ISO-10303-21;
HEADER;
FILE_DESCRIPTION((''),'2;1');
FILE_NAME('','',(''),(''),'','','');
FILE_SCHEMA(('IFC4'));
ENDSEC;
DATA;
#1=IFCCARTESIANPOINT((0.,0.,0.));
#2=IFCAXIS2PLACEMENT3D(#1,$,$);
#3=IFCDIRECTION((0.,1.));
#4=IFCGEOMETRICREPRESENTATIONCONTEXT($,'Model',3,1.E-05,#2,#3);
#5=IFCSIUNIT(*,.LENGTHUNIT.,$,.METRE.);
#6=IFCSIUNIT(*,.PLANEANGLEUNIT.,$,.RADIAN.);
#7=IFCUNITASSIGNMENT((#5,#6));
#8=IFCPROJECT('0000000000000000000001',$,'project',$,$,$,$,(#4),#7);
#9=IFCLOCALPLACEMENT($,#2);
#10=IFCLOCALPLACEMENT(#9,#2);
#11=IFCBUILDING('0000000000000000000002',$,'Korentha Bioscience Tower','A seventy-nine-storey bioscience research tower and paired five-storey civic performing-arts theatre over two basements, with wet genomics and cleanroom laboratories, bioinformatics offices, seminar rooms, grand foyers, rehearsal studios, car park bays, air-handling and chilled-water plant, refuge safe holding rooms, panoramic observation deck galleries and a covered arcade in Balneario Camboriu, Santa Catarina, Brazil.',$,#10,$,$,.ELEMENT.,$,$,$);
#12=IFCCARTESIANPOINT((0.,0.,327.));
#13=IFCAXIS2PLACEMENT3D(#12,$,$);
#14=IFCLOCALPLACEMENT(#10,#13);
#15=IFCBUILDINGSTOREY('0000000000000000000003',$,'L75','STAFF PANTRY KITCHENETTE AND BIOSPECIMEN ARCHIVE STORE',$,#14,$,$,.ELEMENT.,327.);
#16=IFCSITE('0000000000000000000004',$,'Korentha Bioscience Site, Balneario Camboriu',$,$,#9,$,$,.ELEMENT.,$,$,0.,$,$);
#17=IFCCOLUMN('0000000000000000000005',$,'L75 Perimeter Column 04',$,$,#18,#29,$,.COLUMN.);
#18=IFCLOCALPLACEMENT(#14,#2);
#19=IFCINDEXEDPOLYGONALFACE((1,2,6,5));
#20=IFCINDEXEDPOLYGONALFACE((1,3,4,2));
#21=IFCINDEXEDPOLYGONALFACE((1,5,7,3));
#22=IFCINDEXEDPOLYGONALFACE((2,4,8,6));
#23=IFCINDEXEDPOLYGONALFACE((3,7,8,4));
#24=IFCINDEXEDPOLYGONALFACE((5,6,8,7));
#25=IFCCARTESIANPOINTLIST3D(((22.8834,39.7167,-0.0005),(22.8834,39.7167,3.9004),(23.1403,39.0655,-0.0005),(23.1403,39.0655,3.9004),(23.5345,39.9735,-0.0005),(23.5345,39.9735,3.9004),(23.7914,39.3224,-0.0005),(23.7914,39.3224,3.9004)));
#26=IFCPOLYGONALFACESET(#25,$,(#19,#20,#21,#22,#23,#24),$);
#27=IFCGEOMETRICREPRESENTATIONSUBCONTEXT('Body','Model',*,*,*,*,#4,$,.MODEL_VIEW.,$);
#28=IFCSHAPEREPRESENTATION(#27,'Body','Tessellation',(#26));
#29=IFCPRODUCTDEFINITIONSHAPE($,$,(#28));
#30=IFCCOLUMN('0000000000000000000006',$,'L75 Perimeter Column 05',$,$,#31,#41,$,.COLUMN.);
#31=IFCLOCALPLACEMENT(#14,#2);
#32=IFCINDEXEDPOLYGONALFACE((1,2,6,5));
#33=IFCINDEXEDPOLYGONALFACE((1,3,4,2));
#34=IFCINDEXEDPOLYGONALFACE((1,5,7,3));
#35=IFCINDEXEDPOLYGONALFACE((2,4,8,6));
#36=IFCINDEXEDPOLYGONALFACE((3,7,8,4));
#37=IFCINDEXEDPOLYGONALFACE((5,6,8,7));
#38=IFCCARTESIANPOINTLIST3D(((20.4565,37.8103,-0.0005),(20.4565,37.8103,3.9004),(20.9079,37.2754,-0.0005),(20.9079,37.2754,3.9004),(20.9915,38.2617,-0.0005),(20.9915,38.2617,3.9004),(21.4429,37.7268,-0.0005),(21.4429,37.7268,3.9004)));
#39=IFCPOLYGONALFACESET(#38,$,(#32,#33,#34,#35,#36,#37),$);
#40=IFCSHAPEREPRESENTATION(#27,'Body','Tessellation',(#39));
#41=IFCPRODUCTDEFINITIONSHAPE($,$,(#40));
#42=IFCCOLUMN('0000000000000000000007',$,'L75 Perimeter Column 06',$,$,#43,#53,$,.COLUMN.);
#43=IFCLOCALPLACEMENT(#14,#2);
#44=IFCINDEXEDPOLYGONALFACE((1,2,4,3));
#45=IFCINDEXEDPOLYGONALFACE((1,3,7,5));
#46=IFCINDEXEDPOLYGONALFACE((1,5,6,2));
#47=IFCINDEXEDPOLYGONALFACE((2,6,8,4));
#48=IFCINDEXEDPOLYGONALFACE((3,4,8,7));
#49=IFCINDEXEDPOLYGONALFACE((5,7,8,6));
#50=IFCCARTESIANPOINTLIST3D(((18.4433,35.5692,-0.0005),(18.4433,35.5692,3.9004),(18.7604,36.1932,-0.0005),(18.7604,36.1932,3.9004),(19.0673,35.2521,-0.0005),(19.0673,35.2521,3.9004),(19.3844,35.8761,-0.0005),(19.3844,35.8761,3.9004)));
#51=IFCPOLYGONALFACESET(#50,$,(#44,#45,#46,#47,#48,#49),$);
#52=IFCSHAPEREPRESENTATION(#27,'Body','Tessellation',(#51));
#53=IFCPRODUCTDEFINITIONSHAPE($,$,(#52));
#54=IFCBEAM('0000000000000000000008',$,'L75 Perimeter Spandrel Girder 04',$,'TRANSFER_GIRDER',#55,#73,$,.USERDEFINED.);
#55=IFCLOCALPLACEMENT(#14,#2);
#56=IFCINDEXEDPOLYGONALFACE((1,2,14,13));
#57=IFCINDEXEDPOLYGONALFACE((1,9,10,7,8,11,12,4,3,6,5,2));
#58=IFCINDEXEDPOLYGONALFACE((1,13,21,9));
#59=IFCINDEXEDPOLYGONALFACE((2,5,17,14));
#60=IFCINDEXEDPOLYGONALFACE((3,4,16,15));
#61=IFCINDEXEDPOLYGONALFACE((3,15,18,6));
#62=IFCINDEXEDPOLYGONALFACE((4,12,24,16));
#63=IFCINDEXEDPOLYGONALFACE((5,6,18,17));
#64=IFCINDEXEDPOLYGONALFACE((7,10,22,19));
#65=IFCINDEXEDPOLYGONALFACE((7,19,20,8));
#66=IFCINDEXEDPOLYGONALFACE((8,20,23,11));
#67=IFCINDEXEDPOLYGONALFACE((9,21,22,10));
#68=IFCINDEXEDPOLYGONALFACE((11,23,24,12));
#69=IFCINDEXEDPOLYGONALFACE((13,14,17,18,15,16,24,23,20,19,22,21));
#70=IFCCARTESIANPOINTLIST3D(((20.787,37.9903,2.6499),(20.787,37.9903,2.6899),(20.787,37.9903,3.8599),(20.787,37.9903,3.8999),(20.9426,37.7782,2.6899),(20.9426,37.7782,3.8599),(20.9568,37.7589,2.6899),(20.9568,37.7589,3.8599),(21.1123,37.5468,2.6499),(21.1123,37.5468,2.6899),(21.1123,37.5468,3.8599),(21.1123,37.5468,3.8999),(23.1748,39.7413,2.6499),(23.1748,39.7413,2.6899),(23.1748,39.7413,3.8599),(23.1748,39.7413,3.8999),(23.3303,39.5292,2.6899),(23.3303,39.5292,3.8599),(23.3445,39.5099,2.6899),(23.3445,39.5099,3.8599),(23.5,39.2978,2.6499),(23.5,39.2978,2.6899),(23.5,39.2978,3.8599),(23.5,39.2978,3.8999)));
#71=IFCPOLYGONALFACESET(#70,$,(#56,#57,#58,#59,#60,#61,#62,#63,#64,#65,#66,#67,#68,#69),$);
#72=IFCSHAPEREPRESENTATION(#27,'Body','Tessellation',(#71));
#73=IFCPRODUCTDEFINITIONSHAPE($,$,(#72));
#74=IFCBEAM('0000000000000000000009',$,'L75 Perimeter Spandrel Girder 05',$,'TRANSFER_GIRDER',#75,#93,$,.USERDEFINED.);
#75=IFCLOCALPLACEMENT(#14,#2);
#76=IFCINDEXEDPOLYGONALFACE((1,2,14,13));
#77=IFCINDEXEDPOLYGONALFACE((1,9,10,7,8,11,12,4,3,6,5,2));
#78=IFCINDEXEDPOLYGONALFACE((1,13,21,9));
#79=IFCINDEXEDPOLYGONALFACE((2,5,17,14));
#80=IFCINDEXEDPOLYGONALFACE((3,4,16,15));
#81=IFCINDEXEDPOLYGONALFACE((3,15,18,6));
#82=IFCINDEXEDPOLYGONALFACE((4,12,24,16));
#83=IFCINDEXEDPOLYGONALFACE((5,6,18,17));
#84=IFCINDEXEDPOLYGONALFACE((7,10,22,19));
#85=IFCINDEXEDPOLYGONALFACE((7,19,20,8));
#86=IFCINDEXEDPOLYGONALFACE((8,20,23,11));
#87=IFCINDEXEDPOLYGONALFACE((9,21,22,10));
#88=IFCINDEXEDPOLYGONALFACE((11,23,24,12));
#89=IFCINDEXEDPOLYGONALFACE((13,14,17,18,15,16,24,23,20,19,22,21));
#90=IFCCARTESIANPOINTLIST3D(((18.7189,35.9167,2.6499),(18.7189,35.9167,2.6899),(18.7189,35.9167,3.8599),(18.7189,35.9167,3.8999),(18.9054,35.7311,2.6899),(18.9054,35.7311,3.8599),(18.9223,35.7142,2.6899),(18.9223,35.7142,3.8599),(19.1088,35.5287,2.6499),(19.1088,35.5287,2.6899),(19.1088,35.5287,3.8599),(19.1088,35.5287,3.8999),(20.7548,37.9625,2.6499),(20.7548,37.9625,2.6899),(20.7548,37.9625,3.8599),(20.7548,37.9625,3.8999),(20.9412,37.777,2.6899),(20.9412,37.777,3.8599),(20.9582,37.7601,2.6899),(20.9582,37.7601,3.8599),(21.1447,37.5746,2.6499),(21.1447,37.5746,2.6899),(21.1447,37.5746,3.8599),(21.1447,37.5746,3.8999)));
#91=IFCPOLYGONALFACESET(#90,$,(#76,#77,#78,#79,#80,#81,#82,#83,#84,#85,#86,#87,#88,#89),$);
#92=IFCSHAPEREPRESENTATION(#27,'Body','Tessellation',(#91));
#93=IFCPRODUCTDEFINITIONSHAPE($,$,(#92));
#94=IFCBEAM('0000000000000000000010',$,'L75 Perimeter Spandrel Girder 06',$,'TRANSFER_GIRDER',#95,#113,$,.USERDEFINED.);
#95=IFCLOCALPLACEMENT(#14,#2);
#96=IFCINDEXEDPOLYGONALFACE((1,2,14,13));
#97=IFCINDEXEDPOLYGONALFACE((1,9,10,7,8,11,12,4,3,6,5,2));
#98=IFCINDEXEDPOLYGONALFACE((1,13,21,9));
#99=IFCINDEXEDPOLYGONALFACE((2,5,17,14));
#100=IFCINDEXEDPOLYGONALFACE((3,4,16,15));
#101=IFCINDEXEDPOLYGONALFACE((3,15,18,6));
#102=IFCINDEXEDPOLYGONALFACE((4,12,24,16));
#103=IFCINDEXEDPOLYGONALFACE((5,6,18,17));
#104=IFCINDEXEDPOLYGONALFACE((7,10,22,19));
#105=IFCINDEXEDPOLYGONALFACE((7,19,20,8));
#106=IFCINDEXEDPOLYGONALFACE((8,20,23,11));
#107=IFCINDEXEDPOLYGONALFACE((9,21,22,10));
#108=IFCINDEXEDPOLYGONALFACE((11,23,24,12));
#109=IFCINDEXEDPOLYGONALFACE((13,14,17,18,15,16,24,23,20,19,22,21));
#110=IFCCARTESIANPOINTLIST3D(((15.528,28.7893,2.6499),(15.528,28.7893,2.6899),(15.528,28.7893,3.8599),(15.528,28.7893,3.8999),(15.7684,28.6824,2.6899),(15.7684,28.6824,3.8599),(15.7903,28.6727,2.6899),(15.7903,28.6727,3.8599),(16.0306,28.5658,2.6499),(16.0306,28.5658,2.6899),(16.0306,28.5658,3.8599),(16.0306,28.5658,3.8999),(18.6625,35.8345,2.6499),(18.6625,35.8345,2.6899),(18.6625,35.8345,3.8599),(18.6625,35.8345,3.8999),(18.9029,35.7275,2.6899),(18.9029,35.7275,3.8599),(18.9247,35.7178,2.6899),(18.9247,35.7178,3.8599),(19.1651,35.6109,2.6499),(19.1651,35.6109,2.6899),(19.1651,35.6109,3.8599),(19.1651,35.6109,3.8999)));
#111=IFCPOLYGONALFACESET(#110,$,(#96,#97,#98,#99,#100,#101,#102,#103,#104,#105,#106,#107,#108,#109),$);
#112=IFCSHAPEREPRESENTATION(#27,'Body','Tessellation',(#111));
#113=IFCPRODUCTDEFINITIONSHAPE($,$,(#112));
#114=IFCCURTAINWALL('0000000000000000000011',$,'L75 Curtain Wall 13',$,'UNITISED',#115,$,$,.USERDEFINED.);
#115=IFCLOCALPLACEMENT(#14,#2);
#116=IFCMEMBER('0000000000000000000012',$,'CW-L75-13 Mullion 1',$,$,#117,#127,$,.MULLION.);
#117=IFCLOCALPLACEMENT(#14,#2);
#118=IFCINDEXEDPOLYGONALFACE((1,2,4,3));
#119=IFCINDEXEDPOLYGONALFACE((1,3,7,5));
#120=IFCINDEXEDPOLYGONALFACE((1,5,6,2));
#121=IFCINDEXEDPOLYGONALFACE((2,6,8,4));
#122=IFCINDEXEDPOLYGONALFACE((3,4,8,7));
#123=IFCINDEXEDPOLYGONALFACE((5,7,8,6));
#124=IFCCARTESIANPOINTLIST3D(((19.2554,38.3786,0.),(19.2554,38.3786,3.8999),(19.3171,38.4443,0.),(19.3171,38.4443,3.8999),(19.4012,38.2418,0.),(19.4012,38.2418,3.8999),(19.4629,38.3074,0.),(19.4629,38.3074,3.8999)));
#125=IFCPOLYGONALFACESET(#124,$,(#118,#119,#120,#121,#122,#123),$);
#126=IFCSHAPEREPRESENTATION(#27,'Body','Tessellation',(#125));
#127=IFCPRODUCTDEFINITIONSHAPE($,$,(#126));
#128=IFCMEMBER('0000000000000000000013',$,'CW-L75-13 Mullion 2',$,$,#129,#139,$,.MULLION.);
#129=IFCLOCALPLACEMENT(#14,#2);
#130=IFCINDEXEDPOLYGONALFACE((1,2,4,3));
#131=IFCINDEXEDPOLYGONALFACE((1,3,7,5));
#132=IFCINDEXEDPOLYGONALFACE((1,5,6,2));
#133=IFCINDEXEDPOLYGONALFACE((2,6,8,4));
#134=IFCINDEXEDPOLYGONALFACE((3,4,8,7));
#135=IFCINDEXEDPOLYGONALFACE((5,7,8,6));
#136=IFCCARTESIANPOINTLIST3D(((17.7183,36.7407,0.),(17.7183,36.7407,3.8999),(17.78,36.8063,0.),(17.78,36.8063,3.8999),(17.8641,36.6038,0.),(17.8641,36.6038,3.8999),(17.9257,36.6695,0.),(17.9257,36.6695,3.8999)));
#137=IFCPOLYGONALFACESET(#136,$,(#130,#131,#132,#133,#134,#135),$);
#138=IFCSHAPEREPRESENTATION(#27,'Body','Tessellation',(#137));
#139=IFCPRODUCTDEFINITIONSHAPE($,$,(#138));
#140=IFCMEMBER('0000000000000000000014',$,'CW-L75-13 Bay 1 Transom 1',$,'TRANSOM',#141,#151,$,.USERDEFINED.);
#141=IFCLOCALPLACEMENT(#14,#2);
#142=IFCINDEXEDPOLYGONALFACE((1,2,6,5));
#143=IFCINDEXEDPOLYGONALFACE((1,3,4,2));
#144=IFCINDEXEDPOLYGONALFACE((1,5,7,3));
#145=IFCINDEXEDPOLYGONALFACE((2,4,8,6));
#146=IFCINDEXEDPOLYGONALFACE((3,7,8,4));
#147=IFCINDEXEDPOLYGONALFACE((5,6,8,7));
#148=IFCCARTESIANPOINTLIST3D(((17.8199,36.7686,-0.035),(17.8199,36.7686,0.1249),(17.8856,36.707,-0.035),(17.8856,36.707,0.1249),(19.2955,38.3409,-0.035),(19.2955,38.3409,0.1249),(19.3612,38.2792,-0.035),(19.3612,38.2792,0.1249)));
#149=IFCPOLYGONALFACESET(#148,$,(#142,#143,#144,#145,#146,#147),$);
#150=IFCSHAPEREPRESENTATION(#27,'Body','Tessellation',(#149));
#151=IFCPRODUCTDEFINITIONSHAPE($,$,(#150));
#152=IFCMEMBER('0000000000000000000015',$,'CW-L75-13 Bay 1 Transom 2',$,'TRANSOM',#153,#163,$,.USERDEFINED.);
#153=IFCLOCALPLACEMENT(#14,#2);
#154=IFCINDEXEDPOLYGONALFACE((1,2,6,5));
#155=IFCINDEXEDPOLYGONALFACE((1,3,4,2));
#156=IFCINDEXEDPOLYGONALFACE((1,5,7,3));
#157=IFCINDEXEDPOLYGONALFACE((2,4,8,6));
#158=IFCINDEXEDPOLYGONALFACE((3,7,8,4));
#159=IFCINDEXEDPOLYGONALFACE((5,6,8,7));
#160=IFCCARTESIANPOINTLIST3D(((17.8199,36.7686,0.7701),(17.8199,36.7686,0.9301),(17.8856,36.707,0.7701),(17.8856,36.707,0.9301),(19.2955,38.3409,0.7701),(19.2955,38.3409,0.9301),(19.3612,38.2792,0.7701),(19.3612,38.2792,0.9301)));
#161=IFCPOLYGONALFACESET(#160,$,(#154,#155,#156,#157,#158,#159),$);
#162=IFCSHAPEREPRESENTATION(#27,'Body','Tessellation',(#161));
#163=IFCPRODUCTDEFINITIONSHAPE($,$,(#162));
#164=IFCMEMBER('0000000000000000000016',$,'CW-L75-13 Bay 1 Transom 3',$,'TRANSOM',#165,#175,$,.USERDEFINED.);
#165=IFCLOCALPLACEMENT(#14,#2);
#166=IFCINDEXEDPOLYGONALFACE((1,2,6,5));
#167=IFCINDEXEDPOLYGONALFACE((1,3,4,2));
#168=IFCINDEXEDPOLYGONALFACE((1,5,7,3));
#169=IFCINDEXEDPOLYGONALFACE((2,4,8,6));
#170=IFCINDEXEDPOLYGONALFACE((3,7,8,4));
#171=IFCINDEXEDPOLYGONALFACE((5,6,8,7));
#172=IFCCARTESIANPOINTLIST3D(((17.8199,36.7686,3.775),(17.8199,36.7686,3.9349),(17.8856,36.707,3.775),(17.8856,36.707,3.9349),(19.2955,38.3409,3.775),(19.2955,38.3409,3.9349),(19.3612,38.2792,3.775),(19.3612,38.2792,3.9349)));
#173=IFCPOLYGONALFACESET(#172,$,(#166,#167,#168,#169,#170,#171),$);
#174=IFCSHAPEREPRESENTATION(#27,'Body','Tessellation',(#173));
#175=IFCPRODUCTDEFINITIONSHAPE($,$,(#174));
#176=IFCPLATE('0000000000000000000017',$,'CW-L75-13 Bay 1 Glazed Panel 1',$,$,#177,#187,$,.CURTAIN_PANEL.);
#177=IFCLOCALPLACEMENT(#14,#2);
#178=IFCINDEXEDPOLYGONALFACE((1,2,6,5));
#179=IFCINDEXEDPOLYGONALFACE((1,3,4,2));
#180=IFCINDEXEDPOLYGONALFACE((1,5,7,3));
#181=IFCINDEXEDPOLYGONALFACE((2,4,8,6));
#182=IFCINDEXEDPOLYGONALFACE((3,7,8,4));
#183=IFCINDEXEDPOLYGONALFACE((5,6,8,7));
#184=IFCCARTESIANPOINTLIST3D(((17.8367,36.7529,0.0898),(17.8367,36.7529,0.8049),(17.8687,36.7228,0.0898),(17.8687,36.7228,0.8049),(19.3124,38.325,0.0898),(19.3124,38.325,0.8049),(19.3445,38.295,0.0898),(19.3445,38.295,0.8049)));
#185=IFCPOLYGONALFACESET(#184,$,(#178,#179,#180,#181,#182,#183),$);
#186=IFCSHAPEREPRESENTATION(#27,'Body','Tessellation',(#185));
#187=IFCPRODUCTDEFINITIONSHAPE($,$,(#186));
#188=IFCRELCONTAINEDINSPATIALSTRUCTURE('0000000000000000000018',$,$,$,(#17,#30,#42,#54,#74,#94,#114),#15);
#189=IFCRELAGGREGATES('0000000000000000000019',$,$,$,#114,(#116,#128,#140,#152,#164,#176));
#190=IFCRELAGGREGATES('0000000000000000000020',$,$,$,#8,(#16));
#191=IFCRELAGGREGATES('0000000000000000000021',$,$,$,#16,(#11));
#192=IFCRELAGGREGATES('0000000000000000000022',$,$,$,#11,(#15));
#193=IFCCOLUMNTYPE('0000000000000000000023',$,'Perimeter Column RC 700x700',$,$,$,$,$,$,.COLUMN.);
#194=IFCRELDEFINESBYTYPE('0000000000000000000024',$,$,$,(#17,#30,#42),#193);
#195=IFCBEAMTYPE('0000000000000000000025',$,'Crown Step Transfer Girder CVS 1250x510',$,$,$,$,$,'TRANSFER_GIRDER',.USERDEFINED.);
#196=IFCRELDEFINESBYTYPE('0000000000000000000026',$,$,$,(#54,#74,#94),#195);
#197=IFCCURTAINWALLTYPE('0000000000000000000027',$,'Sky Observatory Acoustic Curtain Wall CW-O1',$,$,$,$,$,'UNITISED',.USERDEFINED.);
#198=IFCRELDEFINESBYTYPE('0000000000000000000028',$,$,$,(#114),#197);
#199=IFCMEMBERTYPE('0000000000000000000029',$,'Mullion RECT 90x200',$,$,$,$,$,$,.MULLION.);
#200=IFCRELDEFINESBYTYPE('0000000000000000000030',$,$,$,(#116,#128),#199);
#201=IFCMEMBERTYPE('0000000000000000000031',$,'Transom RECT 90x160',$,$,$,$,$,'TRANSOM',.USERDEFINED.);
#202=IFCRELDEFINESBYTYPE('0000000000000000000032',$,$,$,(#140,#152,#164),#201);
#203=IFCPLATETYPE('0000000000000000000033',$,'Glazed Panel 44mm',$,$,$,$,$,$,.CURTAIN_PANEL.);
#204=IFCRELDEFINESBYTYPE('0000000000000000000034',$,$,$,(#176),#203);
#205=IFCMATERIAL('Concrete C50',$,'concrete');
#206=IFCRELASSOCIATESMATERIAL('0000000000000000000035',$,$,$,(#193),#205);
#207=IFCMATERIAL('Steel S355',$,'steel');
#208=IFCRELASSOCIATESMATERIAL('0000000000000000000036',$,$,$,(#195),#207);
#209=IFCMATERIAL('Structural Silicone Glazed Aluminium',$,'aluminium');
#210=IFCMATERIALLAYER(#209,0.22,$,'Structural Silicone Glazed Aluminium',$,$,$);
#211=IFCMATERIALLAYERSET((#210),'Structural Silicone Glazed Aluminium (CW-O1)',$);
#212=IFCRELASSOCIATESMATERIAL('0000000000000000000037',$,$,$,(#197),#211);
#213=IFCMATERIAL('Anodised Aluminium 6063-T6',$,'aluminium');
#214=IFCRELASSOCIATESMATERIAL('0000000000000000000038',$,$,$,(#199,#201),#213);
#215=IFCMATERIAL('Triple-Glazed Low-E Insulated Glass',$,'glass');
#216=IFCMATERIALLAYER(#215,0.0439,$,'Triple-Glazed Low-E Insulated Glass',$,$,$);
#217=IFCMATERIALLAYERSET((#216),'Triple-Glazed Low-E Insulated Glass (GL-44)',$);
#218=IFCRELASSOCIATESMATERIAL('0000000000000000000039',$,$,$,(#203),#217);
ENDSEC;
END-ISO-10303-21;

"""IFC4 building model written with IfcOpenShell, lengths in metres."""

from ifc_helpers import new_model, si_unit, direction, frame, origin, origin_2d, place, context, subcontext, project, spatial, rectangle, i_section, extrude, material, layer, layer_set, material_profile, profile_set, type_object, element, aggregate, save


model = new_model("IFC4")

# Units and contexts
model_context = context("Model", 3, precision=1e-05, world=origin(), true_north=direction((0.0, 1.0)))
body_context = subcontext(model_context, "Body", "Model", "MODEL_VIEW")
ifc_project = project(units=[si_unit("LENGTHUNIT", "METRE"), si_unit("PLANEANGLEUNIT", "RADIAN")], contexts=[model_context])

# Site, building, storey
site_placement = place(None, origin())
site = spatial("IfcSite", under=ifc_project, at=site_placement, Name="Korentha Bioscience Site, Balneario Camboriu", CompositionType="ELEMENT", RefElevation=0.0)
building_placement = place(site_placement, origin())
building = spatial("IfcBuilding", under=site, at=building_placement, Name="Korentha Bioscience Tower", Description="A seventy-nine-storey bioscience research tower and paired five-storey civic performing-arts theatre over two basements, with wet genomics and cleanroom laboratories, bioinformatics offices, seminar rooms, grand foyers, rehearsal studios, car park bays, air-handling and chilled-water plant, refuge safe holding rooms, panoramic observation deck galleries and a covered arcade in Balneario Camboriu, Santa Catarina, Brazil.", CompositionType="ELEMENT")
storey_placement = place(building_placement, frame((0.0, 0.0, 327.0)))
storey = spatial("IfcBuildingStorey", under=building, at=storey_placement, Name="L75", Description="STAFF PANTRY KITCHENETTE AND BIOSPECIMEN ARCHIVE STORE", CompositionType="ELEMENT", Elevation=327.0)

# Columns
ifc_material_1 = material(Name="Concrete C50", Category="concrete")
ifc_material_profile_1 = material_profile(ifc_material_1, rectangle(XDim=0.7, YDim=0.7, at=origin_2d()), Name="Concrete C50")
ifc_profile_set_1 = profile_set([ifc_material_profile_1], Name="Concrete C50 (COL-P07)")
column_type = type_object("IfcColumnType", Name="Perimeter Column RC 700x700", PredefinedType="COLUMN", material=ifc_profile_set_1)
for number, where, z_axis, x_axis, name in (
    (1, (23.3374, 39.5195, -0.0005), (0.0, 0.0, 1.0), (0.930226, 0.366988, 0.0), "L75 Perimeter Column 04"),
    (2, (20.9497, 37.7686, -0.0005), (0.0, 0.0, 1.0), (0.764246, 0.644924, 0.0), "L75 Perimeter Column 05"),
    (3, (18.9138, 35.7227, -0.0005), (0.0, 0.0, 1.0), (0.453057, 0.891481, 0.0), "L75 Perimeter Column 06"),
):
    element("IfcColumn", number, at=place(storey_placement, frame(where, z_axis=z_axis, x_axis=x_axis)), inside=storey, type_object=column_type, Name=name, PredefinedType="COLUMN", context=body_context, shape_type="SweptSolid", body=[
        extrude(rectangle(XDim=0.7, YDim=0.7, at=origin_2d()), origin(), (0.0, 0.0, 1.0), 3.9009),
    ])

# Beams
ifc_material_2 = material(Name="Steel S355", Category="steel")
ifc_material_profile_2 = material_profile(ifc_material_2, i_section(OverallWidth=0.55, OverallDepth=1.25, WebThickness=0.0239, FlangeThickness=0.04, at=origin_2d()), Name="Steel S355")
ifc_profile_set_2 = profile_set([ifc_material_profile_2], Name="Steel S355 (TG-03)")
beam_type = type_object("IfcBeamType", Name="Crown Step Transfer Girder CVS 1250x510", ElementType="TRANSFER_GIRDER", PredefinedType="USERDEFINED", material=ifc_profile_set_2)
beam_1_placement = place(storey_placement, frame((23.3374, 39.5195, 3.2749), z_axis=(-0.806405, -0.591364, 0.0), x_axis=(0.591364, -0.806405, 0.0)))
element("IfcBeam", 4, at=beam_1_placement, inside=storey, type_object=beam_type, Name="L75 Perimeter Spandrel Girder 04", ObjectType="TRANSFER_GIRDER", PredefinedType="USERDEFINED", context=body_context, shape_type="SweptSolid", body=[
    extrude(i_section(OverallWidth=0.55, OverallDepth=1.25, WebThickness=0.0239, FlangeThickness=0.04, at=origin_2d()), origin(), (0.0, 0.0, 1.0), 2.9609),
])
beam_2_placement = place(storey_placement, frame((20.9497, 37.7686, 3.2749), z_axis=(-0.705371, -0.708839, 0.0), x_axis=(0.708839, -0.705371, 0.0)))
element("IfcBeam", 5, at=beam_2_placement, inside=storey, type_object=beam_type, Name="L75 Perimeter Spandrel Girder 05", ObjectType="TRANSFER_GIRDER", PredefinedType="USERDEFINED", context=body_context, shape_type="SweptSolid", body=[
    extrude(i_section(OverallWidth=0.55, OverallDepth=1.25, WebThickness=0.0239, FlangeThickness=0.04, at=origin_2d()), origin(), (0.0, 0.0, 1.0), 2.8862),
])
beam_3_placement = place(storey_placement, frame((18.9138, 35.7227, 3.2749), z_axis=(-0.4065, -0.913651, 0.0), x_axis=(0.913651, -0.4065, 0.0)))
element("IfcBeam", 6, at=beam_3_placement, inside=storey, type_object=beam_type, Name="L75 Perimeter Spandrel Girder 06", ObjectType="TRANSFER_GIRDER", PredefinedType="USERDEFINED", context=body_context, shape_type="SweptSolid", body=[
    extrude(i_section(OverallWidth=0.55, OverallDepth=1.25, WebThickness=0.0239, FlangeThickness=0.04, at=origin_2d()), origin(), (0.0, 0.0, 1.0), 7.7109),
])

# Curtain wall, members, plate
ifc_material_3 = material(Name="Structural Silicone Glazed Aluminium", Category="aluminium")
ifc_layer_1 = layer(ifc_material_3, 0.22, Name="Structural Silicone Glazed Aluminium")
ifc_layer_set_1 = layer_set([ifc_layer_1], Name="Structural Silicone Glazed Aluminium (CW-O1)")
curtain_wall_type = type_object("IfcCurtainWallType", Name="Sky Observatory Acoustic Curtain Wall CW-O1", ElementType="UNITISED", PredefinedType="USERDEFINED", material=ifc_layer_set_1)
curtain_wall_placement = place(storey_placement, origin())
curtain_wall = element("IfcCurtainWall", 7, at=curtain_wall_placement, inside=storey, type_object=curtain_wall_type, Name="L75 Curtain Wall 13", ObjectType="UNITISED", PredefinedType="USERDEFINED")
ifc_material_4 = material(Name="Anodised Aluminium 6063-T6", Category="aluminium")
ifc_material_profile_3 = material_profile(ifc_material_4, rectangle(XDim=0.0901, YDim=0.2, at=origin_2d()), Name="Anodised Aluminium 6063-T6")
ifc_profile_set_3 = profile_set([ifc_material_profile_3], Name="Anodised Aluminium 6063-T6 (CW-MUL)")
member_type_1 = type_object("IfcMemberType", Name="Mullion RECT 90x200", PredefinedType="MULLION", material=ifc_profile_set_3)
member_1_placement = place(storey_placement, frame((19.3591, 38.343, 0.0), z_axis=(0.0, 0.0, 1.0), x_axis=(-0.684388, -0.729118, 0.0)))
member_1 = element("IfcMember", 8, at=member_1_placement, type_object=member_type_1, Name="CW-L75-13 Mullion 1", PredefinedType="MULLION", context=body_context, shape_type="SweptSolid", body=[
    extrude(rectangle(XDim=0.0901, YDim=0.2, at=origin_2d()), origin(), (0.0, 0.0, 1.0), 3.8999),
])
member_2_placement = place(storey_placement, frame((17.822, 36.7051, 0.0), z_axis=(0.0, 0.0, 1.0), x_axis=(-0.684388, -0.729118, 0.0)))
member_2 = element("IfcMember", 9, at=member_2_placement, type_object=member_type_1, Name="CW-L75-13 Mullion 2", PredefinedType="MULLION", context=body_context, shape_type="SweptSolid", body=[
    extrude(rectangle(XDim=0.0901, YDim=0.2, at=origin_2d()), origin(), (0.0, 0.0, 1.0), 3.8999),
])
ifc_material_profile_4 = material_profile(ifc_material_4, rectangle(XDim=0.0901, YDim=0.1599, at=origin_2d()), Name="Anodised Aluminium 6063-T6")
ifc_profile_set_4 = profile_set([ifc_material_profile_4], Name="Anodised Aluminium 6063-T6 (CW-TRN)")
member_type_2 = type_object("IfcMemberType", Name="Transom RECT 90x160", ElementType="TRANSOM", PredefinedType="USERDEFINED", material=ifc_profile_set_4)
member_3_placement = place(storey_placement, frame((19.3284, 38.3101, 0.0449), z_axis=(-0.684333, -0.72917, 0.0), x_axis=(0.72917, -0.684333, 0.0)))
member_3 = element("IfcMember", 10, at=member_3_placement, type_object=member_type_2, Name="CW-L75-13 Bay 1 Transom 1", ObjectType="TRANSOM", PredefinedType="USERDEFINED", context=body_context, shape_type="SweptSolid", body=[
    extrude(rectangle(XDim=0.0901, YDim=0.1599, at=origin_2d()), origin(), (0.0, 0.0, 1.0), 2.1562),
])
member_4_placement = place(storey_placement, frame((19.3284, 38.3101, 0.8501), z_axis=(-0.684333, -0.72917, 0.0), x_axis=(0.72917, -0.684333, 0.0)))
member_4 = element("IfcMember", 11, at=member_4_placement, type_object=member_type_2, Name="CW-L75-13 Bay 1 Transom 2", ObjectType="TRANSOM", PredefinedType="USERDEFINED", context=body_context, shape_type="SweptSolid", body=[
    extrude(rectangle(XDim=0.0901, YDim=0.1599, at=origin_2d()), origin(), (0.0, 0.0, 1.0), 2.1562),
])
member_5_placement = place(storey_placement, frame((19.3284, 38.3101, 3.855), z_axis=(-0.684333, -0.72917, 0.0), x_axis=(0.72917, -0.684333, 0.0)))
member_5 = element("IfcMember", 12, at=member_5_placement, type_object=member_type_2, Name="CW-L75-13 Bay 1 Transom 3", ObjectType="TRANSOM", PredefinedType="USERDEFINED", context=body_context, shape_type="SweptSolid", body=[
    extrude(rectangle(XDim=0.0901, YDim=0.1599, at=origin_2d()), origin(), (0.0, 0.0, 1.0), 2.1562),
])
ifc_material_5 = material(Name="Triple-Glazed Low-E Insulated Glass", Category="glass")
ifc_layer_2 = layer(ifc_material_5, 0.0439, Name="Triple-Glazed Low-E Insulated Glass")
ifc_layer_set_2 = layer_set([ifc_layer_2], Name="Triple-Glazed Low-E Insulated Glass (GL-44)")
plate_type = type_object("IfcPlateType", Name="Glazed Panel 44mm", PredefinedType="CURTAIN_PANEL", material=ifc_layer_set_2)
plate_1_placement = place(storey_placement, frame((18.5906, 37.5239, 0.0898), z_axis=(0.0, 0.0, 1.0), x_axis=(-0.684388, -0.729118, 0.0)))
plate_1 = element("IfcPlate", 13, at=plate_1_placement, type_object=plate_type, Name="CW-L75-13 Bay 1 Glazed Panel 1", PredefinedType="CURTAIN_PANEL", context=body_context, shape_type="SweptSolid", body=[
    extrude(rectangle(XDim=2.1562, YDim=0.0439, at=origin_2d()), origin(), (0.0, 0.0, 1.0), 0.7151),
])
aggregate(curtain_wall, [member_1, member_2, member_3, member_4, member_5, plate_1])

save(model, "model.ifc")
